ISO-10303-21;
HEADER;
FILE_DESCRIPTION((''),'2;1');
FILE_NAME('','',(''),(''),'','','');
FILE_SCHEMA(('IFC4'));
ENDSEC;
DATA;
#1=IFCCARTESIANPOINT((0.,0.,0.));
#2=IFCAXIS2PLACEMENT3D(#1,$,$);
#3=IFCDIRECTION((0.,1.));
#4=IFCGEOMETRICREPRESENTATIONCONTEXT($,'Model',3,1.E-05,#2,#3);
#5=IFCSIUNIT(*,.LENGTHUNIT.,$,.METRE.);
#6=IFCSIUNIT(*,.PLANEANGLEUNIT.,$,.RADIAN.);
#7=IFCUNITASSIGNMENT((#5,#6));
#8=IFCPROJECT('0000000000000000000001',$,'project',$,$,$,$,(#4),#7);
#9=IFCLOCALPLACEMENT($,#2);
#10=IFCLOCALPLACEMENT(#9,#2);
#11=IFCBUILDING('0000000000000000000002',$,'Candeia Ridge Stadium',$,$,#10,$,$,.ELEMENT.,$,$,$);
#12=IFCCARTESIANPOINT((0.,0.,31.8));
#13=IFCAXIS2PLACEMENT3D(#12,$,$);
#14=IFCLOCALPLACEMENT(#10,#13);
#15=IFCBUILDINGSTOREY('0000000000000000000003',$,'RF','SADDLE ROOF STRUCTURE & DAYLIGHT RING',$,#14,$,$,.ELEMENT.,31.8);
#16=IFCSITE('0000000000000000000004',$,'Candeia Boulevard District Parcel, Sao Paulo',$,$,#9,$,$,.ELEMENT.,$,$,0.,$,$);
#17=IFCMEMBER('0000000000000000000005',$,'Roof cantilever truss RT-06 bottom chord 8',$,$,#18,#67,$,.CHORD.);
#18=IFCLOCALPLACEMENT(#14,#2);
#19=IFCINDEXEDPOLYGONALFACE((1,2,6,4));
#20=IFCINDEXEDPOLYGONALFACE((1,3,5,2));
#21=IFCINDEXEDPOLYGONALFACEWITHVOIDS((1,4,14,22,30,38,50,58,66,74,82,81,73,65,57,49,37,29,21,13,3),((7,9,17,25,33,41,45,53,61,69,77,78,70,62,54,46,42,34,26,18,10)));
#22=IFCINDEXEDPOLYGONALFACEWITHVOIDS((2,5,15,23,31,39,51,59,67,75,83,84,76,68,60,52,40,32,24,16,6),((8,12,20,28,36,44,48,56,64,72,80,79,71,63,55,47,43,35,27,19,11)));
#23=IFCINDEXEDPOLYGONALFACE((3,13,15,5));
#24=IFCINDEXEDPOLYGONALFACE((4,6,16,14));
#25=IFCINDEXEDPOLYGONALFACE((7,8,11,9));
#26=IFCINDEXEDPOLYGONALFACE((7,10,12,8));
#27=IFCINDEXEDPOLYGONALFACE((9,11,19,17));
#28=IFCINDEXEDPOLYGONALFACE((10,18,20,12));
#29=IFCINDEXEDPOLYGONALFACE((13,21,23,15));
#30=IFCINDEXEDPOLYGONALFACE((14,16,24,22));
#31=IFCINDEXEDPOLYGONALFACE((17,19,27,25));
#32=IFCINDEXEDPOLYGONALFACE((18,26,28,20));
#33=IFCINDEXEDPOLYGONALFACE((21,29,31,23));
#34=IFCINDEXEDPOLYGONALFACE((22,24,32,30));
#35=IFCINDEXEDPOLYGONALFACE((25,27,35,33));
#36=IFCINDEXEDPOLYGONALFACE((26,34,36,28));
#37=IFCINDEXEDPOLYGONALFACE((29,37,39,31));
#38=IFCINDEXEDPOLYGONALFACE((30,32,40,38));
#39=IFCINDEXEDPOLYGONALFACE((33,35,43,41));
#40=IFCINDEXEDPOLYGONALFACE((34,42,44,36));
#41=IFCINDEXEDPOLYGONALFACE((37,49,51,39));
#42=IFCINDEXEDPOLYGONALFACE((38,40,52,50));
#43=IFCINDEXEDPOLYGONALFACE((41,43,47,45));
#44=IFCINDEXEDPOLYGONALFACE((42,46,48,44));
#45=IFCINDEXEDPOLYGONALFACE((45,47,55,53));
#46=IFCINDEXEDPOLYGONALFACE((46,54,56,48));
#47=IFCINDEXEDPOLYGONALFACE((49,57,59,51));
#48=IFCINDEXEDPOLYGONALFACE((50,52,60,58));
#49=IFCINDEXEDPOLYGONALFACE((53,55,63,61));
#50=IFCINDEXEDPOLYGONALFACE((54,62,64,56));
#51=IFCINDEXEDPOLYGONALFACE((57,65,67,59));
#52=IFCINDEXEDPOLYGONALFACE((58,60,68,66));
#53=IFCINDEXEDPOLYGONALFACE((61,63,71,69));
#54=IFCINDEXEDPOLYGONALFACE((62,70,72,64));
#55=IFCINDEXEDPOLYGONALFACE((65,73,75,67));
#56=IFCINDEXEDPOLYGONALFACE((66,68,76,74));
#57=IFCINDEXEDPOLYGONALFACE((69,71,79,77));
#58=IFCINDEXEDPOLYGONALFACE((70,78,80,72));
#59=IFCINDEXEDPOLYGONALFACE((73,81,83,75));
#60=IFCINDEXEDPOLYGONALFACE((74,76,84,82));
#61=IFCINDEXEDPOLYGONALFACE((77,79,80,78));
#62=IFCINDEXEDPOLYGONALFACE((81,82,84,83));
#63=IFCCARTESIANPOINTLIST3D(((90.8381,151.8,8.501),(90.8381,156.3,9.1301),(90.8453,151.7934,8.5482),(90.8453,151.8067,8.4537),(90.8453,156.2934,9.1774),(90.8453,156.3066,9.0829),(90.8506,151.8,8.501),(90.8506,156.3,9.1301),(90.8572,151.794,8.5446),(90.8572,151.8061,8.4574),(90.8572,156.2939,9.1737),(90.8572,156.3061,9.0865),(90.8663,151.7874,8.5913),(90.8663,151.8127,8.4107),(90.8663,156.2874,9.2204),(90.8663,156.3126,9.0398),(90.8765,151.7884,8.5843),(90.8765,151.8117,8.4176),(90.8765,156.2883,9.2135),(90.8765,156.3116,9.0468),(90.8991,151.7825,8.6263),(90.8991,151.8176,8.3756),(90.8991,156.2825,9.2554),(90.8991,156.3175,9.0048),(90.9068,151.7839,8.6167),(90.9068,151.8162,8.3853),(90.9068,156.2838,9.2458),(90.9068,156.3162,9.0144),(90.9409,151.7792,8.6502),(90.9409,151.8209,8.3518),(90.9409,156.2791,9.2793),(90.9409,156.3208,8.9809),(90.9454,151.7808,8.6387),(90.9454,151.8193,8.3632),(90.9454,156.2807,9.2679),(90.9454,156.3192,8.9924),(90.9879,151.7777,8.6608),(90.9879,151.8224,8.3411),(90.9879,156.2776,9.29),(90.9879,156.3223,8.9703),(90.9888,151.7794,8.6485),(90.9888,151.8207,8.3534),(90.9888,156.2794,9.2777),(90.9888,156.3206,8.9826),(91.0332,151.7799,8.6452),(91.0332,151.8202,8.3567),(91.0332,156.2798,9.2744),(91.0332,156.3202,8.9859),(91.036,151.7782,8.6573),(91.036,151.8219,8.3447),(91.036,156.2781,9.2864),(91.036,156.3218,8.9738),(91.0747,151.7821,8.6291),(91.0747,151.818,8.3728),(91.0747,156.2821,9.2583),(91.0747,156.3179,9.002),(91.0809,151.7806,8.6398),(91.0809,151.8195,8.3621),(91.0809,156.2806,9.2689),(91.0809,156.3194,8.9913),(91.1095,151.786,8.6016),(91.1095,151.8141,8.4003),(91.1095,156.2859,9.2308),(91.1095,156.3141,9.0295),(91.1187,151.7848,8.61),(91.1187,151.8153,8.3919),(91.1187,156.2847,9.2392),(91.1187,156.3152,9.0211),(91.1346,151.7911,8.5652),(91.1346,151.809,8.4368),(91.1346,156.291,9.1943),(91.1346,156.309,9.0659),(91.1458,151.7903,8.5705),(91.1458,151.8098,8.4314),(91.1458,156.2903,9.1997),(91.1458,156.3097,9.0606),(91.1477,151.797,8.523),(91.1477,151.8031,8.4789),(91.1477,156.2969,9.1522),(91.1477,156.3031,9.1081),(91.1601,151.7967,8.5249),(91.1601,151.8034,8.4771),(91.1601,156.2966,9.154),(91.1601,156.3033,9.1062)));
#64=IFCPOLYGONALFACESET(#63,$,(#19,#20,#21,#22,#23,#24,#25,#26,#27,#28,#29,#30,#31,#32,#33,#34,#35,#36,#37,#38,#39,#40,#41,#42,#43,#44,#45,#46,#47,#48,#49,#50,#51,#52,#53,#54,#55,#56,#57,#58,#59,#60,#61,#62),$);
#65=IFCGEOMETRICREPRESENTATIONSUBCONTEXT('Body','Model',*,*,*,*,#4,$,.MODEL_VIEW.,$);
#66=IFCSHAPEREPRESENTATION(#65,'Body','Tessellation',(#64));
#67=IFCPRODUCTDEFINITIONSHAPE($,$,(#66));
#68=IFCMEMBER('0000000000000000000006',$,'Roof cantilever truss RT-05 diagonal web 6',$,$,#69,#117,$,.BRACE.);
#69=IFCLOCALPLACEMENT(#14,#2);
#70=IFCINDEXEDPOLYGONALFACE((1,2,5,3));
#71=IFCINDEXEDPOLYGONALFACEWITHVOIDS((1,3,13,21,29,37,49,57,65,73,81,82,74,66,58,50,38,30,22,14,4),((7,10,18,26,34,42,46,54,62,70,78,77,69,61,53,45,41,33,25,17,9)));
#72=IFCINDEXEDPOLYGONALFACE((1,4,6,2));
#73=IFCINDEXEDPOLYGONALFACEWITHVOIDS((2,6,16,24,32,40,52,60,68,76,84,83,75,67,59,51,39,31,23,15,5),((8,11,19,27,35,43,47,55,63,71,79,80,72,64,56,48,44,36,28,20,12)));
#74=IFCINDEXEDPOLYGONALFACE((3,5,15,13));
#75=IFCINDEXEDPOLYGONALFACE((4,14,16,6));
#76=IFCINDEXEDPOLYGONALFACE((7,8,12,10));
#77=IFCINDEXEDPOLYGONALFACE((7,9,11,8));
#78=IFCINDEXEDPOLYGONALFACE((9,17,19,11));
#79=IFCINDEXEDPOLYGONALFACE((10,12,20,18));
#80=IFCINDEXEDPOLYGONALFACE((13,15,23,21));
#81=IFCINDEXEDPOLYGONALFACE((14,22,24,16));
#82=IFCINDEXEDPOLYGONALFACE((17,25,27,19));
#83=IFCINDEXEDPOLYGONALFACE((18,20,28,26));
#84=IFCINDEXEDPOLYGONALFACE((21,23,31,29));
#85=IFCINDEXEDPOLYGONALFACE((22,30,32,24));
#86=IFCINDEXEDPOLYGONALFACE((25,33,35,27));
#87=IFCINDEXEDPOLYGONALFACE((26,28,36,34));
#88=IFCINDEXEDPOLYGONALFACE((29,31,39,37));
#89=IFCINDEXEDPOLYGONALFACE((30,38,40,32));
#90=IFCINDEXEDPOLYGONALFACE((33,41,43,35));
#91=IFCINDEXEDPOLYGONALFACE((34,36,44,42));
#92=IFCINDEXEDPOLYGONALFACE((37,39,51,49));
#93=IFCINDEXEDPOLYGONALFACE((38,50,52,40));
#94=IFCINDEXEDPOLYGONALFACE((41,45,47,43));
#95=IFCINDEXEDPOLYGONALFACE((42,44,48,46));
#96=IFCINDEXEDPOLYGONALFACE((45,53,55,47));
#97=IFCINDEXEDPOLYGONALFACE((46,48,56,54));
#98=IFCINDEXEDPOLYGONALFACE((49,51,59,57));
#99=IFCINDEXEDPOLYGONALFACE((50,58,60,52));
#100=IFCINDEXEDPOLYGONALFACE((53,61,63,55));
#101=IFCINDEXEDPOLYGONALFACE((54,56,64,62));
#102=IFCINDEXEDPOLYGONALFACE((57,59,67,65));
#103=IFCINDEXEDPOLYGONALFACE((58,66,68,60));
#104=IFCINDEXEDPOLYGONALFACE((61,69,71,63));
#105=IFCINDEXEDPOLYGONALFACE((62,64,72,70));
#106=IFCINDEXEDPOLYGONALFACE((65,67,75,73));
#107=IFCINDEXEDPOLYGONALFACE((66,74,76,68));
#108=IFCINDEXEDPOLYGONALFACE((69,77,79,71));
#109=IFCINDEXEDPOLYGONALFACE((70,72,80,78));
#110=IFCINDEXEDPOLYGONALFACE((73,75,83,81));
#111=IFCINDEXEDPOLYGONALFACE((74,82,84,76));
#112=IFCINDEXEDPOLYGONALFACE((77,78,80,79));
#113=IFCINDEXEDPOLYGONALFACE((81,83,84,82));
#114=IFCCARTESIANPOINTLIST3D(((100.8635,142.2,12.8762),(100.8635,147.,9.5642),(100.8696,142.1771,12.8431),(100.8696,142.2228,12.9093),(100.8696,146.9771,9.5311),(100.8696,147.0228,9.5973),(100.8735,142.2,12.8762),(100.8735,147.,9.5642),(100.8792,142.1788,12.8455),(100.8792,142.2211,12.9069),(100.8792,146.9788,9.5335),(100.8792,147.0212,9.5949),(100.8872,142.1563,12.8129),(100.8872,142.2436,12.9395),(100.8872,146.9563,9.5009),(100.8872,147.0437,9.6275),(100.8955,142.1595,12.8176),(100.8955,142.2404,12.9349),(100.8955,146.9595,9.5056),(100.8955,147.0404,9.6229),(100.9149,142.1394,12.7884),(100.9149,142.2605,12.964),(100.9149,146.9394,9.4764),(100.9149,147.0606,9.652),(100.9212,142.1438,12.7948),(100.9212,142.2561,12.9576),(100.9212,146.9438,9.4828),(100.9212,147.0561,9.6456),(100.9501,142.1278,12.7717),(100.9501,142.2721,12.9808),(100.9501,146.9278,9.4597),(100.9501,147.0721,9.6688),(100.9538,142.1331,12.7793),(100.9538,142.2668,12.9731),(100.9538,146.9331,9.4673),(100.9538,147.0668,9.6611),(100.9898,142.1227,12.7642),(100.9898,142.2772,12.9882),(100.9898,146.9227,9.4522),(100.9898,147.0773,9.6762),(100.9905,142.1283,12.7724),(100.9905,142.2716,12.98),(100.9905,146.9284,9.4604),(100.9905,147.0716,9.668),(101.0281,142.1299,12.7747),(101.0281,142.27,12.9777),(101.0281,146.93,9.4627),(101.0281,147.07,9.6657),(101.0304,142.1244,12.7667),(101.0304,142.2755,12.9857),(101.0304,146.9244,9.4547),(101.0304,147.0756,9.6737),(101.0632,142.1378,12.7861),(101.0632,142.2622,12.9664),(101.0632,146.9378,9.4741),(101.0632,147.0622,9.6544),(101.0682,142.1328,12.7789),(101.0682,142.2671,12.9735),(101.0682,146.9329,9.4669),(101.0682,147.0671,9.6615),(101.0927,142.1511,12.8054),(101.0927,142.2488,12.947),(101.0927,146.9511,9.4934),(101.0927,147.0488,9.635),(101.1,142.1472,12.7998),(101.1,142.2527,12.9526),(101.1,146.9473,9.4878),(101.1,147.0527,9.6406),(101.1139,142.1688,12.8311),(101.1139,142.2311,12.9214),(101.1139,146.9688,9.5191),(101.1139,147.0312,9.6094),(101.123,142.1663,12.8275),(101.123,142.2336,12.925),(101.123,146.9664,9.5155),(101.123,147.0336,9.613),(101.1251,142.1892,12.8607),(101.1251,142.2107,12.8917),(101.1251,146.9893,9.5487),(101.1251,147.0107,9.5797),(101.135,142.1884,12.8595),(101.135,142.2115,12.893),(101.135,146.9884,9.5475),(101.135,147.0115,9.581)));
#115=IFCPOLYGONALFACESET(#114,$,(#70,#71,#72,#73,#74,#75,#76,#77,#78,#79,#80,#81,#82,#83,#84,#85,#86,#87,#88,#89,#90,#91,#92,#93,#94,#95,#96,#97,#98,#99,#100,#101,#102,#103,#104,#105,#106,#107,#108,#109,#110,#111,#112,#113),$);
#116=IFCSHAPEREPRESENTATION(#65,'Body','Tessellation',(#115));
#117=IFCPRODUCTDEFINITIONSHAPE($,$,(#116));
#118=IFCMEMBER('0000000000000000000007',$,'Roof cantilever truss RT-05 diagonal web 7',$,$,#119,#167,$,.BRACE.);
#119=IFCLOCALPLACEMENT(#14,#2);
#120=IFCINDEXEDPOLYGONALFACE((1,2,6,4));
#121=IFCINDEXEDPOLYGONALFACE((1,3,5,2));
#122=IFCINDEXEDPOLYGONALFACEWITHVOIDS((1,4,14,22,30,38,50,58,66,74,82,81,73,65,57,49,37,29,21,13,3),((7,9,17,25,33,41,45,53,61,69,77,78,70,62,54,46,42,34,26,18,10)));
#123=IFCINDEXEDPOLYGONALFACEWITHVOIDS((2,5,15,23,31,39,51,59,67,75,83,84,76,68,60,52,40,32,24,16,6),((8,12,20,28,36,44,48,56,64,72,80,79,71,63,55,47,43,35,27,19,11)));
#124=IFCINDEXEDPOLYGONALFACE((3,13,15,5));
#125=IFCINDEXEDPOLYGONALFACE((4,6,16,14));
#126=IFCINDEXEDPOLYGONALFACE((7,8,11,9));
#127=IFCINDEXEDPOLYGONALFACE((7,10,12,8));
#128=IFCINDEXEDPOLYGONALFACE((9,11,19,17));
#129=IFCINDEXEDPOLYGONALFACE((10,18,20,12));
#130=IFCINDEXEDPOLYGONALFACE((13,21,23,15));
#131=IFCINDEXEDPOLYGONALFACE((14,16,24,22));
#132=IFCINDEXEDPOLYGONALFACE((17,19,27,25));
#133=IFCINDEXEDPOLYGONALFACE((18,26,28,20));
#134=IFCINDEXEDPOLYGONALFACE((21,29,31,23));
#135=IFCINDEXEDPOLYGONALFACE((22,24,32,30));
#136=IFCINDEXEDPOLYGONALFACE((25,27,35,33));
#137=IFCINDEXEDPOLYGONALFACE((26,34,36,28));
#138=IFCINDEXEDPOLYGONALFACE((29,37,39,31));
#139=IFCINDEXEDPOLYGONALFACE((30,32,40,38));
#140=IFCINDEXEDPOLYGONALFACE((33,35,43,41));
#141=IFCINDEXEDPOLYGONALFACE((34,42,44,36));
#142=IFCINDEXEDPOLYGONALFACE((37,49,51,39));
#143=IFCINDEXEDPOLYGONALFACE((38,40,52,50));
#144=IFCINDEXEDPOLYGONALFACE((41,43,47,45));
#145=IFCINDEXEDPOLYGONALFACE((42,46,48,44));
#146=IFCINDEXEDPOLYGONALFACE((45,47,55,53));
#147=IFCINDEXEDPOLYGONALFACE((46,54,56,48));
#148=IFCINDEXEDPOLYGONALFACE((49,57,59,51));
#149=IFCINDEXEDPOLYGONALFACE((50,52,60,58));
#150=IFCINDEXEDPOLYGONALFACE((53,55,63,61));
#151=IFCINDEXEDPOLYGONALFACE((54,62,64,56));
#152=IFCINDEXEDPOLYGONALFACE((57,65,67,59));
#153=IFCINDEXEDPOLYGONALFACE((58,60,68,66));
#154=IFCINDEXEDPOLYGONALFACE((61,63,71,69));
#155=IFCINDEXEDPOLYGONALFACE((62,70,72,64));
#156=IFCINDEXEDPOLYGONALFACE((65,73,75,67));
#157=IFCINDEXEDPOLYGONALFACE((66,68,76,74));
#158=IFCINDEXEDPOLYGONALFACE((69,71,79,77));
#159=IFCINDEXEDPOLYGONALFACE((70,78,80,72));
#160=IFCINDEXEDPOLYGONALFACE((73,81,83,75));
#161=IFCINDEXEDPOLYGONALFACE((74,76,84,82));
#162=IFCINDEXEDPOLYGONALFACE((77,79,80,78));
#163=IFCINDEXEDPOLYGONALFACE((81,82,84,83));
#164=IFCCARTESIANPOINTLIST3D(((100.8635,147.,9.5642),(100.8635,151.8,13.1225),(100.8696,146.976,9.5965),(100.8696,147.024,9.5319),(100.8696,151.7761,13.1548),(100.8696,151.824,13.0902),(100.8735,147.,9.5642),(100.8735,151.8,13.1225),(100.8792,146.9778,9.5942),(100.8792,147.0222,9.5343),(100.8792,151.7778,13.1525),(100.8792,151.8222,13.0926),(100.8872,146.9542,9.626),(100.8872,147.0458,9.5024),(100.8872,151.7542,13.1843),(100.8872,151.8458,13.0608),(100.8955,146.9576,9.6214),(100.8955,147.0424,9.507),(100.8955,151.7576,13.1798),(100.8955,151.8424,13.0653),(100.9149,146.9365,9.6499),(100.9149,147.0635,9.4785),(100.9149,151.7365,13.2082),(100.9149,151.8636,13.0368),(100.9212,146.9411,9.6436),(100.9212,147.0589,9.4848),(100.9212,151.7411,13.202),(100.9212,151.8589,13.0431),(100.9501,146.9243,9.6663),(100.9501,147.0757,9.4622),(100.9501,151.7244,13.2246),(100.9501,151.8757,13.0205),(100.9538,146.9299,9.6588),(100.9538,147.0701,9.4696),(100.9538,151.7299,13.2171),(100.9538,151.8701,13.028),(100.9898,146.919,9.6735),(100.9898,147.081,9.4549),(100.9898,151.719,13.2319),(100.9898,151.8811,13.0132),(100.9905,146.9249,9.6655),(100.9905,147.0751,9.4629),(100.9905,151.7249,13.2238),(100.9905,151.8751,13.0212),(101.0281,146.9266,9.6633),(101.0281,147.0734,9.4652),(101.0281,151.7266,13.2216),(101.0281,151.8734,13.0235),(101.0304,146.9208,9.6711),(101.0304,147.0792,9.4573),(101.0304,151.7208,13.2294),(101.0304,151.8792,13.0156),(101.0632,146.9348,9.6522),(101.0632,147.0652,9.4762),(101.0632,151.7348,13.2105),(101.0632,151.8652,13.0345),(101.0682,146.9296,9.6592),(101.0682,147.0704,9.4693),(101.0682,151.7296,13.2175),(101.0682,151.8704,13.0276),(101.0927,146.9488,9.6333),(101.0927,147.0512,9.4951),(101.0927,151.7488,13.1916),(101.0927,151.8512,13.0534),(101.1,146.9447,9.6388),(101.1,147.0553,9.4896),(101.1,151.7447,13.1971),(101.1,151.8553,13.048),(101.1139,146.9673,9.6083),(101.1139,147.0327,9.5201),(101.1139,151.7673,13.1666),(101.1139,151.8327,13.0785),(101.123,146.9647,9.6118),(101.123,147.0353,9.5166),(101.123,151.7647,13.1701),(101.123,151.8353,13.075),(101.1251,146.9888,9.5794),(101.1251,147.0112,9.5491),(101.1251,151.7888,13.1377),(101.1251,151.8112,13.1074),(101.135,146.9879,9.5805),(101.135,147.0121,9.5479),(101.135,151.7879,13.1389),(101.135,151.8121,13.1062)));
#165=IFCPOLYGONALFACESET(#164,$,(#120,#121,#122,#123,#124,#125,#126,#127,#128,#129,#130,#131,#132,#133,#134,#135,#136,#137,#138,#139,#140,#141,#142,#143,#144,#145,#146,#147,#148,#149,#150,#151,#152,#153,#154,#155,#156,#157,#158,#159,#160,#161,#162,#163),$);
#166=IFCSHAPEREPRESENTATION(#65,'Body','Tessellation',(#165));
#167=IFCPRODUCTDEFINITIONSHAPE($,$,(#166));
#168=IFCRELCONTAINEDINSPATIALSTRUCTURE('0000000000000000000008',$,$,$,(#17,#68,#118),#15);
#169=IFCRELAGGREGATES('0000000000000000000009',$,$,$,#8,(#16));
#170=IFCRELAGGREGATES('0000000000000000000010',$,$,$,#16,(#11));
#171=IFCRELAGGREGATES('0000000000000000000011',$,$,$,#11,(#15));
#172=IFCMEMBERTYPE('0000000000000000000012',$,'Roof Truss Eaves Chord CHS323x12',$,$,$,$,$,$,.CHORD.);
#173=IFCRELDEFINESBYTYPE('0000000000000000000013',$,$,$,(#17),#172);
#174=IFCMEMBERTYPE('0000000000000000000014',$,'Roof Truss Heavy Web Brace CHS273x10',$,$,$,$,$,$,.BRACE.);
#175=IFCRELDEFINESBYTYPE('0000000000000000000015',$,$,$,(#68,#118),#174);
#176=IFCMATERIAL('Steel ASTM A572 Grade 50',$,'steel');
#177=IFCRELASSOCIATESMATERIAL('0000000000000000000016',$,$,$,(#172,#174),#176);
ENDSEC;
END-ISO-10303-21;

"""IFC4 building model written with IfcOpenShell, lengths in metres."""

from ifc_helpers import new_model, si_unit, direction, frame, origin, origin_2d, place, context, subcontext, project, spatial, hollow_circle, extrude, material, material_profile, profile_set, type_object, element, save


model = new_model("IFC4")

# Units and contexts
model_context = context("Model", 3, precision=1e-05, world=origin(), true_north=direction((0.0, 1.0)))
body_context = subcontext(model_context, "Body", "Model", "MODEL_VIEW")
ifc_project = project(units=[si_unit("LENGTHUNIT", "METRE"), si_unit("PLANEANGLEUNIT", "RADIAN")], contexts=[model_context])

# Site, building, storey
site_placement = place(None, origin())
site = spatial("IfcSite", under=ifc_project, at=site_placement, Name="Candeia Boulevard District Parcel, Sao Paulo", CompositionType="ELEMENT", RefElevation=0.0)
building_placement = place(site_placement, origin())
building = spatial("IfcBuilding", under=site, at=building_placement, Name="Candeia Ridge Stadium", CompositionType="ELEMENT")
storey_placement = place(building_placement, frame((0.0, 0.0, 31.8)))
storey = spatial("IfcBuildingStorey", under=building, at=storey_placement, Name="RF", Description="SADDLE ROOF STRUCTURE & DAYLIGHT RING", CompositionType="ELEMENT", Elevation=31.8)

# Shared definitions
ifc_material_1 = material(Name="Steel ASTM A572 Grade 50", Category="steel")

# Members
ifc_material_profile_1 = material_profile(ifc_material_1, hollow_circle(Radius=0.1619, WallThickness=0.0125, at=origin_2d()), Name="CHS323x12", Category="steel")
ifc_profile_set_1 = profile_set([ifc_material_profile_1], Name="Steel ASTM A572 Grade 50")
member_type_1 = type_object("IfcMemberType", Name="Roof Truss Eaves Chord CHS323x12", PredefinedType="CHORD", material=ifc_profile_set_1)
member_1_placement = place(storey_placement, frame((91.0, 151.8, 8.501), z_axis=(0.0, 0.990367, 0.138464), x_axis=(-1.0, 0.0, 0.0)))
element("IfcMember", 1, at=member_1_placement, inside=storey, type_object=member_type_1, Name="Roof cantilever truss RT-06 bottom chord 8", PredefinedType="CHORD", context=body_context, shape_type="SweptSolid", body=[
    extrude(hollow_circle(Radius=0.1619, WallThickness=0.0125, at=origin_2d()), origin(), (0.0, 0.0, 1.0), 4.5437),
])
ifc_material_profile_2 = material_profile(ifc_material_1, hollow_circle(Radius=0.1365, WallThickness=0.01, at=origin_2d()), Name="CHS273x10", Category="steel")
ifc_profile_set_2 = profile_set([ifc_material_profile_2], Name="Steel ASTM A572 Grade 50")
member_type_2 = type_object("IfcMemberType", Name="Roof Truss Heavy Web Brace CHS273x10", PredefinedType="BRACE", material=ifc_profile_set_2)
member_2_placement = place(storey_placement, frame((101.0, 142.2, 12.8762), z_axis=(0.0, 0.823082, -0.567923), x_axis=(-1.0, 0.0, 0.0)))
element("IfcMember", 2, at=member_2_placement, inside=storey, type_object=member_type_2, Name="Roof cantilever truss RT-05 diagonal web 6", PredefinedType="BRACE", context=body_context, shape_type="SweptSolid", body=[
    extrude(hollow_circle(Radius=0.1365, WallThickness=0.01, at=origin_2d()), origin(), (0.0, 0.0, 1.0), 5.8318),
])
member_3_placement = place(storey_placement, frame((101.0, 147.0, 9.5642), z_axis=(0.0, 0.803336, 0.595526), x_axis=(-1.0, 0.0, 0.0)))
element("IfcMember", 3, at=member_3_placement, inside=storey, type_object=member_type_2, Name="Roof cantilever truss RT-05 diagonal web 7", PredefinedType="BRACE", context=body_context, shape_type="SweptSolid", body=[
    extrude(hollow_circle(Radius=0.1365, WallThickness=0.01, at=origin_2d()), origin(), (0.0, 0.0, 1.0), 5.9751),
])

save(model, "model.ifc")
